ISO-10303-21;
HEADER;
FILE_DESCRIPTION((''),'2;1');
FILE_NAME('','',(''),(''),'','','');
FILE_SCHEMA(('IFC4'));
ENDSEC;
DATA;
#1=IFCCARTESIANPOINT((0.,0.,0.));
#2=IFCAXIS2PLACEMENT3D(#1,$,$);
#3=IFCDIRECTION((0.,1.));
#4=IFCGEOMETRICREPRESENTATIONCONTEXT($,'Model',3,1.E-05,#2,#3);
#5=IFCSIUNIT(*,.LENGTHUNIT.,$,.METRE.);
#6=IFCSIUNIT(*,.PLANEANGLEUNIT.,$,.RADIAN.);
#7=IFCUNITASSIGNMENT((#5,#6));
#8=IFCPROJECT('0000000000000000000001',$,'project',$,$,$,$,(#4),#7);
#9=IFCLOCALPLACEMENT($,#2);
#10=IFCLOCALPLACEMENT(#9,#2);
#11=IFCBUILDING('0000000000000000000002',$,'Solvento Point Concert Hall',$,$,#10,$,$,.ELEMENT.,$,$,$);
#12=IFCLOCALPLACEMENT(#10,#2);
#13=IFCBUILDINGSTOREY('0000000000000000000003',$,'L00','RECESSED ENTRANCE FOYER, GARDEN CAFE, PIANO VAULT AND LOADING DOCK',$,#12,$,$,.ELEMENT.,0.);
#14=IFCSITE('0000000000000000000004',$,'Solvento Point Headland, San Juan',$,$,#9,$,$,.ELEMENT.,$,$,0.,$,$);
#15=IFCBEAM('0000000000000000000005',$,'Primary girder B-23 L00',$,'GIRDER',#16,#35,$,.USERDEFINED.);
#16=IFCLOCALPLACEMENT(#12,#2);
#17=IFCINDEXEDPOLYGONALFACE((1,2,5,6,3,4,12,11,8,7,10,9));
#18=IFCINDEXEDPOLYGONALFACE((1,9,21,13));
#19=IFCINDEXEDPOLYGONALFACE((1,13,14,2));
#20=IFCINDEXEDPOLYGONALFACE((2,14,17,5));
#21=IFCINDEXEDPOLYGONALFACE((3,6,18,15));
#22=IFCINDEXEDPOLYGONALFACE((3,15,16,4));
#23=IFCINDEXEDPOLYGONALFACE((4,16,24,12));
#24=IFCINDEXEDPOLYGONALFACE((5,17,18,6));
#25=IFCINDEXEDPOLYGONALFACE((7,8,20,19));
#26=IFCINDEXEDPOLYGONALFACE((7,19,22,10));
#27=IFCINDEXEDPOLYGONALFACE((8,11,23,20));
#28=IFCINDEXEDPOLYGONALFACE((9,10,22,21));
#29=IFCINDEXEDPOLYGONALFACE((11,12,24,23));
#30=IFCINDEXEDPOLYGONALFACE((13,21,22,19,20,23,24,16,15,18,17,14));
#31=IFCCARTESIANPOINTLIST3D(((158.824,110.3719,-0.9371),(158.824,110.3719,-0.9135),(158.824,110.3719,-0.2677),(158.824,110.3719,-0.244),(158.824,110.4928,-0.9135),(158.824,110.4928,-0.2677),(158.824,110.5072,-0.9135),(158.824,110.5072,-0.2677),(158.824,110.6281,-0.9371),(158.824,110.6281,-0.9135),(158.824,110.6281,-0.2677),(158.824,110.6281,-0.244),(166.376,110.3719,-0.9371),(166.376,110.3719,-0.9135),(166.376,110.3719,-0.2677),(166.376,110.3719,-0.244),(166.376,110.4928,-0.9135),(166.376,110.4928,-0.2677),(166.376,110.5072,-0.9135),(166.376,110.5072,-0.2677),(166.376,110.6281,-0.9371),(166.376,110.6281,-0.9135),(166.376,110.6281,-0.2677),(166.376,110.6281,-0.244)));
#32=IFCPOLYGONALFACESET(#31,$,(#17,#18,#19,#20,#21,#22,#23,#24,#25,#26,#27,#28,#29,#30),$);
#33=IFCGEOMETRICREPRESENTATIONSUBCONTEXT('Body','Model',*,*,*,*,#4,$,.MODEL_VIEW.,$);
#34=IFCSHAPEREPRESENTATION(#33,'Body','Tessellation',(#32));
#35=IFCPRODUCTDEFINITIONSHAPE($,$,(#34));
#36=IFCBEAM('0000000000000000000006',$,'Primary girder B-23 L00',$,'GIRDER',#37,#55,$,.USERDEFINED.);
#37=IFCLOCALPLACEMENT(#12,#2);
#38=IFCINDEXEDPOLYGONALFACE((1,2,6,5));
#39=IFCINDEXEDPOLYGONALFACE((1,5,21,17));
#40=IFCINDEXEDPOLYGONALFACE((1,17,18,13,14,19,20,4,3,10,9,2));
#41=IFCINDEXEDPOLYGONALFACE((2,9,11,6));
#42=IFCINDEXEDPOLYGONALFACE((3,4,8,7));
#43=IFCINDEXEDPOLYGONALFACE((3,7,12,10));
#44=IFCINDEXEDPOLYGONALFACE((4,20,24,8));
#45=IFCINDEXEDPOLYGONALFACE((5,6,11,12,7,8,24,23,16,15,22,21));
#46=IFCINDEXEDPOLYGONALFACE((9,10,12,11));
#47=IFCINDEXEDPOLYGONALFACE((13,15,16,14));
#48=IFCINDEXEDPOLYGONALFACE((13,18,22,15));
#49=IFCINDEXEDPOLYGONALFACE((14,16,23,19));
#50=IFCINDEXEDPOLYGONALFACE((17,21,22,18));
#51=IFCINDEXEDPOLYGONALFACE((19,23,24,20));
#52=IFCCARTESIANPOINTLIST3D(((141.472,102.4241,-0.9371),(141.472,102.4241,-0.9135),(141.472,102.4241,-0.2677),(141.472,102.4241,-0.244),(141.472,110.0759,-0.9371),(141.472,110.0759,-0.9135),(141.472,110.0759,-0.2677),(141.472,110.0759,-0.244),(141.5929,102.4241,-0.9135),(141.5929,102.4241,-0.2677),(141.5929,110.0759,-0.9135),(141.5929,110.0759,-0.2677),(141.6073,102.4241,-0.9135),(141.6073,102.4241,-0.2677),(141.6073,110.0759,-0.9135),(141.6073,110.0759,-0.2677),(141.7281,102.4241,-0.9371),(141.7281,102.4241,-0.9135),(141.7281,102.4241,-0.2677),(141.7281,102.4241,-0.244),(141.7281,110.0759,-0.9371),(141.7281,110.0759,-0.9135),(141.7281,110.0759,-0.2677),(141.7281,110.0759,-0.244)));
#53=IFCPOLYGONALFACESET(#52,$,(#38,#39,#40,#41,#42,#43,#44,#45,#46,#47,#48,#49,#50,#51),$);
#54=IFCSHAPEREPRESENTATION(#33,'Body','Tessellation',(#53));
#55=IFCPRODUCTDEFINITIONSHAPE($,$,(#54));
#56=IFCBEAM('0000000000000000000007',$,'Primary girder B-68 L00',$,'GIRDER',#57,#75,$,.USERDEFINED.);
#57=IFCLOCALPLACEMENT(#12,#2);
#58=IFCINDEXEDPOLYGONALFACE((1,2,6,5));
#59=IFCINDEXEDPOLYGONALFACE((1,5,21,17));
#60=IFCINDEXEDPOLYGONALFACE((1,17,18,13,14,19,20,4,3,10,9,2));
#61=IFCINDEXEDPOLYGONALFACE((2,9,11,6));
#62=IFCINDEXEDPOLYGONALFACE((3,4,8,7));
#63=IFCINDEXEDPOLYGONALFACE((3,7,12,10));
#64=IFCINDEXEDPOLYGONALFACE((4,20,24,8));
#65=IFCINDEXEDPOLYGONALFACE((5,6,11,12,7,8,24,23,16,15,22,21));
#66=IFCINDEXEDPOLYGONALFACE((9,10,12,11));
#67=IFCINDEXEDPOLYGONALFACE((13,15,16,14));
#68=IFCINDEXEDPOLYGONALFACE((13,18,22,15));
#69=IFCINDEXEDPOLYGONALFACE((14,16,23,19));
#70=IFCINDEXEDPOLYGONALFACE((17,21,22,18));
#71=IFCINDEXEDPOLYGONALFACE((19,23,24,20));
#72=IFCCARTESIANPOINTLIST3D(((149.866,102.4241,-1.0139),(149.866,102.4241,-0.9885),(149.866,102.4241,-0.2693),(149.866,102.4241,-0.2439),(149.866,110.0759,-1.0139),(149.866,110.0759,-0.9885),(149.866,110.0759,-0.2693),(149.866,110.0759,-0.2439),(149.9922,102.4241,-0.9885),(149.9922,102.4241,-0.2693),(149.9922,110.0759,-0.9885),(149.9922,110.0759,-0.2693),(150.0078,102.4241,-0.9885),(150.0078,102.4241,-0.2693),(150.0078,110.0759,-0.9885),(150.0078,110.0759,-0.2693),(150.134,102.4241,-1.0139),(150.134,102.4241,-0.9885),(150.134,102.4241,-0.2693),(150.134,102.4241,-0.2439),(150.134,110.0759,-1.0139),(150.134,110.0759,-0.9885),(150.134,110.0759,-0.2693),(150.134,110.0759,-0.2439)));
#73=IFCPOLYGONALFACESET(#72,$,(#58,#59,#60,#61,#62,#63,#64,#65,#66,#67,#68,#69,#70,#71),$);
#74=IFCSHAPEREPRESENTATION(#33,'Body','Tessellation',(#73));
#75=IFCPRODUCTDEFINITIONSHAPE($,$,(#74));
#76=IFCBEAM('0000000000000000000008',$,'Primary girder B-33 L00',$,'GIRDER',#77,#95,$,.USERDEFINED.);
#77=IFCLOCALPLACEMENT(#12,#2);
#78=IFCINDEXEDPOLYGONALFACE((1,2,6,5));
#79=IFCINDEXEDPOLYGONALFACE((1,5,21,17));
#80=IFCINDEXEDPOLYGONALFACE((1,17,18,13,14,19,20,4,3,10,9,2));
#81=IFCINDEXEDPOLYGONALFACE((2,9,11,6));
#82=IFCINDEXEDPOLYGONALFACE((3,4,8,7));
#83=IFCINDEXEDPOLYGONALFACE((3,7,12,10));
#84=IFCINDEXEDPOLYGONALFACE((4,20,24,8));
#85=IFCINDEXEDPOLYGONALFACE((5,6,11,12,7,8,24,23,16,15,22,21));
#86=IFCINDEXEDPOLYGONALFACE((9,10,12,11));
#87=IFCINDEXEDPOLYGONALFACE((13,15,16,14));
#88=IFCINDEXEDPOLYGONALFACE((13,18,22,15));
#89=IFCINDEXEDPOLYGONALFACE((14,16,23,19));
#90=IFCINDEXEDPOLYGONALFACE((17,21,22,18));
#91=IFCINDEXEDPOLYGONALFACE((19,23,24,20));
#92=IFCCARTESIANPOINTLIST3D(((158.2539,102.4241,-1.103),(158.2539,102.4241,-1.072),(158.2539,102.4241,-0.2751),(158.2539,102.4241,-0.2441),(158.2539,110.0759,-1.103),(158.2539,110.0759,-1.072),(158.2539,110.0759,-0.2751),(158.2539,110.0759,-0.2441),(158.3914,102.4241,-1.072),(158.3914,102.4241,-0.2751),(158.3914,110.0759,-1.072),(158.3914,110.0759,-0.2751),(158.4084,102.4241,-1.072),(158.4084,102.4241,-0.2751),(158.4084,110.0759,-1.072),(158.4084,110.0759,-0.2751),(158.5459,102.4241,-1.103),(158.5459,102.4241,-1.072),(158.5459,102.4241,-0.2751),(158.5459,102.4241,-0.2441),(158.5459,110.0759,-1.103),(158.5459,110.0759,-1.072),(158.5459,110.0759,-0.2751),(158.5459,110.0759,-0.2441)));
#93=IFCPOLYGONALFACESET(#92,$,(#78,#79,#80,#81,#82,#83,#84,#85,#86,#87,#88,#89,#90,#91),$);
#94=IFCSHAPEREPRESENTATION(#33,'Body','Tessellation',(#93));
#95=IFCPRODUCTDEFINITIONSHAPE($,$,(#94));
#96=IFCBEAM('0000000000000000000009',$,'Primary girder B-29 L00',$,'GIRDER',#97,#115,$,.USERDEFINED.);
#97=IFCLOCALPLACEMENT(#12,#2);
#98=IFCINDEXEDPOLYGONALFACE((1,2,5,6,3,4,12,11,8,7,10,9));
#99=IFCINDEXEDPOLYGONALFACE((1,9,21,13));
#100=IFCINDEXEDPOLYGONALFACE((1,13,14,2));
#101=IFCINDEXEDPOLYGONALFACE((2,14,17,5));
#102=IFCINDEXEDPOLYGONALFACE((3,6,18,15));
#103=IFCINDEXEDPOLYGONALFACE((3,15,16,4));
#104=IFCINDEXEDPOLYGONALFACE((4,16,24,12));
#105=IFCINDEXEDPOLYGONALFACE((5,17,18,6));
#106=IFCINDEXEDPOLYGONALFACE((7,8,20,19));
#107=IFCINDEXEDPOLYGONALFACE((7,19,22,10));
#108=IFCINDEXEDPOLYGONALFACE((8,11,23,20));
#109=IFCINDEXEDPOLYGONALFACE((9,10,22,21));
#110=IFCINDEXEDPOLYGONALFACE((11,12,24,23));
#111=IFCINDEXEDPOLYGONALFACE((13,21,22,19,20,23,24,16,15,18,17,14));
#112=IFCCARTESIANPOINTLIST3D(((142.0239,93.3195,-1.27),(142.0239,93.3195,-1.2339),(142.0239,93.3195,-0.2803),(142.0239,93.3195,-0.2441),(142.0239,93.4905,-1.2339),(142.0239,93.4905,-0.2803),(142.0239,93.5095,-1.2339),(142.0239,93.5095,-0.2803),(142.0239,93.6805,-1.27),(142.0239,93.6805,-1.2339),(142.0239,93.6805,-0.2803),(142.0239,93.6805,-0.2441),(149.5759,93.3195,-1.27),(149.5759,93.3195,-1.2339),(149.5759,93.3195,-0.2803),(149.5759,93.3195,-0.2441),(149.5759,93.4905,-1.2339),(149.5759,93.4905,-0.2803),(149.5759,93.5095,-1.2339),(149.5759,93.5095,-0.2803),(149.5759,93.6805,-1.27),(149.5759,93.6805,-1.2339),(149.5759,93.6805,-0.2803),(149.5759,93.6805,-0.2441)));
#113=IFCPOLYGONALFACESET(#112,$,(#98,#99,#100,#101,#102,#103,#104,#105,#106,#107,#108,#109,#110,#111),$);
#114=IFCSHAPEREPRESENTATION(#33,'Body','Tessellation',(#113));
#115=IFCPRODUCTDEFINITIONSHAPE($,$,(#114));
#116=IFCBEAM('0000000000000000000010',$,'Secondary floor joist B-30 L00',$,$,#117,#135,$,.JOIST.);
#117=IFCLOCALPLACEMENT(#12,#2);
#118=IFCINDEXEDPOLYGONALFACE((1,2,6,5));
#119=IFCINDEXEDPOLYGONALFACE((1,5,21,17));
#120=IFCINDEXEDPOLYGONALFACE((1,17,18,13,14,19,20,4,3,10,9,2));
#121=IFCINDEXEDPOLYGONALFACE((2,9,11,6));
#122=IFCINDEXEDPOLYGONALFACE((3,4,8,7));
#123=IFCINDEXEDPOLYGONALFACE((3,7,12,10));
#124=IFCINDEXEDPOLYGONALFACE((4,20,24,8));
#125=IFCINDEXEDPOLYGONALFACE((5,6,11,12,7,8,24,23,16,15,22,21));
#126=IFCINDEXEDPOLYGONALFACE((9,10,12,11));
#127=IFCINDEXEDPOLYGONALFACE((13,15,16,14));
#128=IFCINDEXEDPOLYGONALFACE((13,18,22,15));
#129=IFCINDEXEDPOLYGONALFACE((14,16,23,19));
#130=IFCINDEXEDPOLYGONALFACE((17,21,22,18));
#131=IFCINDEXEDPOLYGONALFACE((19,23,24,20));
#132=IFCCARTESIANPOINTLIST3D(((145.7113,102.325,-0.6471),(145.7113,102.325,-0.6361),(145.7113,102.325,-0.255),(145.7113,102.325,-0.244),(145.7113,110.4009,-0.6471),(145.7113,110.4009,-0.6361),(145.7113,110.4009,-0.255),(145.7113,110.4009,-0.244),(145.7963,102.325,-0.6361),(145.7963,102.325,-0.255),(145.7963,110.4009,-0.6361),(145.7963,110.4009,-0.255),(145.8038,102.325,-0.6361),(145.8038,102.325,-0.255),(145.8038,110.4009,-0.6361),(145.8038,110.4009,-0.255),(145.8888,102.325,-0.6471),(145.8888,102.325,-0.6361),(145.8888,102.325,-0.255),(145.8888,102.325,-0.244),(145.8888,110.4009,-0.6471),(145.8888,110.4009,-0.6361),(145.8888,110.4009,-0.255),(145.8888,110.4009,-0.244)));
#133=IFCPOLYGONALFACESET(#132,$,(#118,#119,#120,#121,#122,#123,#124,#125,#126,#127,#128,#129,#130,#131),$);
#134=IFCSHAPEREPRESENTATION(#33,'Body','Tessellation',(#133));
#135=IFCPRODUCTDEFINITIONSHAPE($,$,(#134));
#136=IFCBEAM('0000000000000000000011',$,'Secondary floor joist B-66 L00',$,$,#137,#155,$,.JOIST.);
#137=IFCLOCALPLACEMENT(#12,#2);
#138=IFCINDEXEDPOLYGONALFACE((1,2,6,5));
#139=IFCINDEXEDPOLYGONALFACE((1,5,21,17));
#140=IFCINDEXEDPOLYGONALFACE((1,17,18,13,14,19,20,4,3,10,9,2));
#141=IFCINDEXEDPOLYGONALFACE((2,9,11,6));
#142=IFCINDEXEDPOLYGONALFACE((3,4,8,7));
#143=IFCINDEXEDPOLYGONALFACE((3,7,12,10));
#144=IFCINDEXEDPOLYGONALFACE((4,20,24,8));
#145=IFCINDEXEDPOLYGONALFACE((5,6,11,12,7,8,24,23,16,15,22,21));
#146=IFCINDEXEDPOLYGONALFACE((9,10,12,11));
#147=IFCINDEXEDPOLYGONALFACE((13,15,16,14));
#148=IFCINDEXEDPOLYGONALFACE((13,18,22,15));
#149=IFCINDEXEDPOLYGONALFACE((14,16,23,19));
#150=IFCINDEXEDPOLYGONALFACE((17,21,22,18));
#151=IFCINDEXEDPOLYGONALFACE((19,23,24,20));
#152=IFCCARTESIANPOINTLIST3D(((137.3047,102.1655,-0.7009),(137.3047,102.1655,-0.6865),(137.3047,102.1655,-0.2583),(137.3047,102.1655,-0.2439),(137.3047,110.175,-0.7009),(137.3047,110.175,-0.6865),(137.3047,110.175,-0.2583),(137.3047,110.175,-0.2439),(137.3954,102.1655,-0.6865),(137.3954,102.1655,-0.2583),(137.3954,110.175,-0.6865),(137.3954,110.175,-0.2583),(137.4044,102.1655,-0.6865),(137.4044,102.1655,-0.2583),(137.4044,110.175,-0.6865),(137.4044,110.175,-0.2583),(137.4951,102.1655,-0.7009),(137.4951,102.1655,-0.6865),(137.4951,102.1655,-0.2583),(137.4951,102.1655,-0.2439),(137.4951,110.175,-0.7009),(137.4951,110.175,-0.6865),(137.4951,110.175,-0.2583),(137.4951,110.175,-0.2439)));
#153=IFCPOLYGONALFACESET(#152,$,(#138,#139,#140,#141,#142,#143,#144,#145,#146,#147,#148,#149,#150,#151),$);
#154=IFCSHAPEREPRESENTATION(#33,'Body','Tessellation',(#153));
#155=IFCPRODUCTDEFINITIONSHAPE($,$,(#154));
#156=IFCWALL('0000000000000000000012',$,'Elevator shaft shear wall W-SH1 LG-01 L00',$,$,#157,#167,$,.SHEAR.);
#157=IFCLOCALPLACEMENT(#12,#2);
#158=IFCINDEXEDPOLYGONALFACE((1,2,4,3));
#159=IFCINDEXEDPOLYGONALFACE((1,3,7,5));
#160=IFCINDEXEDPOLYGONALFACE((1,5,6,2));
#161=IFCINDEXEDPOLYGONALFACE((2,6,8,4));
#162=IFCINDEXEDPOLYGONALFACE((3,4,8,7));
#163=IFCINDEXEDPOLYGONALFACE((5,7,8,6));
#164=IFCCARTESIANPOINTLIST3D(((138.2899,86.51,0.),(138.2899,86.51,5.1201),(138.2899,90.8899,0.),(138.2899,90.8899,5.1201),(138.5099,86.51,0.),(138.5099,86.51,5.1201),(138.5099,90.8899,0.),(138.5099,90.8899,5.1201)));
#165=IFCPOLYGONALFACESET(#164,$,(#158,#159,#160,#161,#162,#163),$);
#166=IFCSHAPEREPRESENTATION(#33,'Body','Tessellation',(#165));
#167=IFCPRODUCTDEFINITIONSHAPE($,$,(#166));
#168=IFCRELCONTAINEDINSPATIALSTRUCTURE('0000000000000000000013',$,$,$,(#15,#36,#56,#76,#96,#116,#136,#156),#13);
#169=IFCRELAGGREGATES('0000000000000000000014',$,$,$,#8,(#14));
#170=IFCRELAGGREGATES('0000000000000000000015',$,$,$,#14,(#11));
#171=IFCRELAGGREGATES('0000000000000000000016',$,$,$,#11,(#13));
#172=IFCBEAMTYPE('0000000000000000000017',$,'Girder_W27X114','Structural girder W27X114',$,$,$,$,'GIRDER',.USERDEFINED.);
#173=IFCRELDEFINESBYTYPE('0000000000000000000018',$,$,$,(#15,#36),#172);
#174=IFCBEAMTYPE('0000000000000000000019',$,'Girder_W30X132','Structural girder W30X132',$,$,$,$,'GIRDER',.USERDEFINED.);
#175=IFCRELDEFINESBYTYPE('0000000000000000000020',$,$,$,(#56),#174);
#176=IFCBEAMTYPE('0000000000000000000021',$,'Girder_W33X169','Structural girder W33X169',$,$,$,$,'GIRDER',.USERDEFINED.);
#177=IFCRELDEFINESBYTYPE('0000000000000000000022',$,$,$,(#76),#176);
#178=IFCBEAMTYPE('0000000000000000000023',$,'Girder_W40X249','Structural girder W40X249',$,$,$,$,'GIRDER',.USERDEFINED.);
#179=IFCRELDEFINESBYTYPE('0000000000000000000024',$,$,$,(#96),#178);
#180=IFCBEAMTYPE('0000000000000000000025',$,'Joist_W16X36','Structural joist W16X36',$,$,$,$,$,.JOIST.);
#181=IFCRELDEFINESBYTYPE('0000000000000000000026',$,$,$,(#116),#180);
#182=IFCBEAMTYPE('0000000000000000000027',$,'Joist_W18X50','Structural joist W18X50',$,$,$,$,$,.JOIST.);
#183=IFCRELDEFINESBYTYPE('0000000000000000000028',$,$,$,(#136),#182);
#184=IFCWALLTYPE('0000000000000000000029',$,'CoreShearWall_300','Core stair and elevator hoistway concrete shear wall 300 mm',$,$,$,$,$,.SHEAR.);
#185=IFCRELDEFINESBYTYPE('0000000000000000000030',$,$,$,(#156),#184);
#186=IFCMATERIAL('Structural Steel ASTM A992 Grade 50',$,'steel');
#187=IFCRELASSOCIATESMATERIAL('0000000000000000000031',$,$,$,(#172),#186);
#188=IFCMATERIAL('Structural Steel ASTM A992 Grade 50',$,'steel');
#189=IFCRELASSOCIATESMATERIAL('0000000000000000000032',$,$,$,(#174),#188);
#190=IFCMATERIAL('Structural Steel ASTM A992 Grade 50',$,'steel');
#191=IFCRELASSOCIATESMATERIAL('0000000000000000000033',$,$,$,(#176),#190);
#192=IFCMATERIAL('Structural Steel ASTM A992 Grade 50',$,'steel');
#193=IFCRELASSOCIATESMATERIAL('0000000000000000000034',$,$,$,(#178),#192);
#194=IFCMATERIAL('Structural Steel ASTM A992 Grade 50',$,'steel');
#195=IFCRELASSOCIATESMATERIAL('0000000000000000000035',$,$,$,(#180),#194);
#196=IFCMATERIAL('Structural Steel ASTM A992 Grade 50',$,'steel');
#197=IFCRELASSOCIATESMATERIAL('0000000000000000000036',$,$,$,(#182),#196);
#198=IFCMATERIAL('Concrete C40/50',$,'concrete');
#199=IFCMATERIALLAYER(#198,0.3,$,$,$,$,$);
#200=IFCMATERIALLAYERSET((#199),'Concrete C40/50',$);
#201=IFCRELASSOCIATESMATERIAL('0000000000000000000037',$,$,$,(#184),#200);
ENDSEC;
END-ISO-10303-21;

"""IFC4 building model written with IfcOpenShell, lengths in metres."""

from ifc_helpers import new_model, si_unit, direction, frame, frame_2d, origin, origin_2d, place, context, subcontext, project, spatial, rectangle, i_section, extrude, material, layer, layer_set, material_profile, profile_set, type_object, element, save


model = new_model("IFC4")

# Units and contexts
model_context = context("Model", 3, precision=1e-05, world=origin(), true_north=direction((0.0, 1.0)))
body_context = subcontext(model_context, "Body", "Model", "MODEL_VIEW")
ifc_project = project(units=[si_unit("LENGTHUNIT", "METRE"), si_unit("PLANEANGLEUNIT", "RADIAN")], contexts=[model_context])

# Site, building, storey
site_placement = place(None, origin())
site = spatial("IfcSite", under=ifc_project, at=site_placement, Name="Solvento Point Headland, San Juan", CompositionType="ELEMENT", RefElevation=0.0)
building_placement = place(site_placement, origin())
building = spatial("IfcBuilding", under=site, at=building_placement, Name="Solvento Point Concert Hall", CompositionType="ELEMENT")
storey_placement = place(building_placement, origin())
storey = spatial("IfcBuildingStorey", under=building, at=storey_placement, Name="L00", Description="RECESSED ENTRANCE FOYER, GARDEN CAFE, PIANO VAULT AND LOADING DOCK", CompositionType="ELEMENT", Elevation=0.0)

# Beams
ifc_material_1 = material(Name="Structural Steel ASTM A992 Grade 50", Category="steel")
ifc_material_profile_1 = material_profile(ifc_material_1, i_section(OverallWidth=0.2561, OverallDepth=0.6931, WebThickness=0.0144, FlangeThickness=0.0237, at=origin_2d()), Name="W27X114")
ifc_profile_set_1 = profile_set([ifc_material_profile_1], Name="Structural Steel ASTM A992 Grade 50")
beam_type_1 = type_object("IfcBeamType", Name="Girder_W27X114", Description="Structural girder W27X114", ElementType="GIRDER", PredefinedType="USERDEFINED", material=ifc_profile_set_1)
beam_1_placement = place(storey_placement, frame((158.824, 110.5, -0.5906), z_axis=(1.0, 0.0, 0.0), x_axis=(0.0, 1.0, 0.0)))
element("IfcBeam", 1, at=beam_1_placement, inside=storey, type_object=beam_type_1, Name="Primary girder B-23 L00", ObjectType="GIRDER", PredefinedType="USERDEFINED", context=body_context, shape_type="SweptSolid", body=[
    extrude(i_section(OverallWidth=0.2561, OverallDepth=0.6931, WebThickness=0.0144, FlangeThickness=0.0237, at=origin_2d()), origin(), (0.0, 0.0, 1.0), 7.552),
])
beam_2_placement = place(storey_placement, frame((141.6001, 102.4241, -0.5906), z_axis=(0.0, 1.0, 0.0), x_axis=(-1.0, 0.0, 0.0)))
element("IfcBeam", 2, at=beam_2_placement, inside=storey, type_object=beam_type_1, Name="Primary girder B-23 L00", ObjectType="GIRDER", PredefinedType="USERDEFINED", context=body_context, shape_type="SweptSolid", body=[
    extrude(i_section(OverallWidth=0.2561, OverallDepth=0.6931, WebThickness=0.0144, FlangeThickness=0.0237, at=origin_2d()), origin(), (0.0, 0.0, 1.0), 7.6519),
])
ifc_material_2 = material(Name="Structural Steel ASTM A992 Grade 50", Category="steel")
ifc_material_profile_2 = material_profile(ifc_material_2, i_section(OverallWidth=0.2681, OverallDepth=0.77, WebThickness=0.0156, FlangeThickness=0.0254, at=origin_2d()), Name="W30X132")
ifc_profile_set_2 = profile_set([ifc_material_profile_2], Name="Structural Steel ASTM A992 Grade 50")
beam_type_2 = type_object("IfcBeamType", Name="Girder_W30X132", Description="Structural girder W30X132", ElementType="GIRDER", PredefinedType="USERDEFINED", material=ifc_profile_set_2)
beam_3_placement = place(storey_placement, frame((150.0, 102.4241, -0.6289), z_axis=(0.0, 1.0, 0.0), x_axis=(-1.0, 0.0, 0.0)))
element("IfcBeam", 3, at=beam_3_placement, inside=storey, type_object=beam_type_2, Name="Primary girder B-68 L00", ObjectType="GIRDER", PredefinedType="USERDEFINED", context=body_context, shape_type="SweptSolid", body=[
    extrude(i_section(OverallWidth=0.2681, OverallDepth=0.77, WebThickness=0.0156, FlangeThickness=0.0254, at=origin_2d()), origin(), (0.0, 0.0, 1.0), 7.6519),
])
ifc_material_3 = material(Name="Structural Steel ASTM A992 Grade 50", Category="steel")
ifc_material_profile_3 = material_profile(ifc_material_3, i_section(OverallWidth=0.292, OverallDepth=0.8589, WebThickness=0.0171, FlangeThickness=0.031, at=origin_2d()), Name="W33X169")
ifc_profile_set_3 = profile_set([ifc_material_profile_3], Name="Structural Steel ASTM A992 Grade 50")
beam_type_3 = type_object("IfcBeamType", Name="Girder_W33X169", Description="Structural girder W33X169", ElementType="GIRDER", PredefinedType="USERDEFINED", material=ifc_profile_set_3)
beam_4_placement = place(storey_placement, frame((158.3999, 102.4241, -0.6736), z_axis=(0.0, 1.0, 0.0), x_axis=(-1.0, 0.0, 0.0)))
element("IfcBeam", 4, at=beam_4_placement, inside=storey, type_object=beam_type_3, Name="Primary girder B-33 L00", ObjectType="GIRDER", PredefinedType="USERDEFINED", context=body_context, shape_type="SweptSolid", body=[
    extrude(i_section(OverallWidth=0.292, OverallDepth=0.8589, WebThickness=0.0171, FlangeThickness=0.031, at=origin_2d()), origin(), (0.0, 0.0, 1.0), 7.6519),
])
ifc_material_4 = material(Name="Structural Steel ASTM A992 Grade 50", Category="steel")
ifc_material_profile_4 = material_profile(ifc_material_4, i_section(OverallWidth=0.3611, OverallDepth=1.0259, WebThickness=0.019, FlangeThickness=0.0361, at=origin_2d()), Name="W40X249")
ifc_profile_set_4 = profile_set([ifc_material_profile_4], Name="Structural Steel ASTM A992 Grade 50")
beam_type_4 = type_object("IfcBeamType", Name="Girder_W40X249", Description="Structural girder W40X249", ElementType="GIRDER", PredefinedType="USERDEFINED", material=ifc_profile_set_4)
beam_5_placement = place(storey_placement, frame((142.0239, 93.5, -0.7571), z_axis=(1.0, 0.0, 0.0), x_axis=(0.0, 1.0, 0.0)))
element("IfcBeam", 5, at=beam_5_placement, inside=storey, type_object=beam_type_4, Name="Primary girder B-29 L00", ObjectType="GIRDER", PredefinedType="USERDEFINED", context=body_context, shape_type="SweptSolid", body=[
    extrude(i_section(OverallWidth=0.3611, OverallDepth=1.0259, WebThickness=0.019, FlangeThickness=0.0361, at=origin_2d()), origin(), (0.0, 0.0, 1.0), 7.552),
])
ifc_material_5 = material(Name="Structural Steel ASTM A992 Grade 50", Category="steel")
ifc_material_profile_5 = material_profile(ifc_material_5, i_section(OverallWidth=0.1775, OverallDepth=0.4031, WebThickness=0.0076, FlangeThickness=0.011, at=origin_2d()), Name="W16X36")
ifc_profile_set_5 = profile_set([ifc_material_profile_5], Name="Structural Steel ASTM A992 Grade 50")
beam_type_5 = type_object("IfcBeamType", Name="Joist_W16X36", Description="Structural joist W16X36", PredefinedType="JOIST", material=ifc_profile_set_5)
beam_6_placement = place(storey_placement, frame((145.8, 102.325, -0.4456), z_axis=(0.0, 1.0, 0.0), x_axis=(-1.0, 0.0, 0.0)))
element("IfcBeam", 6, at=beam_6_placement, inside=storey, type_object=beam_type_5, Name="Secondary floor joist B-30 L00", PredefinedType="JOIST", context=body_context, shape_type="SweptSolid", body=[
    extrude(i_section(OverallWidth=0.1775, OverallDepth=0.4031, WebThickness=0.0076, FlangeThickness=0.011, at=origin_2d()), origin(), (0.0, 0.0, 1.0), 8.0759),
])
ifc_material_6 = material(Name="Structural Steel ASTM A992 Grade 50", Category="steel")
ifc_material_profile_6 = material_profile(ifc_material_6, i_section(OverallWidth=0.1904, OverallDepth=0.457, WebThickness=0.009, FlangeThickness=0.0144, at=origin_2d()), Name="W18X50")
ifc_profile_set_6 = profile_set([ifc_material_profile_6], Name="Structural Steel ASTM A992 Grade 50")
beam_type_6 = type_object("IfcBeamType", Name="Joist_W18X50", Description="Structural joist W18X50", PredefinedType="JOIST", material=ifc_profile_set_6)
beam_7_placement = place(storey_placement, frame((137.3999, 102.1655, -0.4724), z_axis=(0.0, 1.0, 0.0), x_axis=(-1.0, 0.0, 0.0)))
element("IfcBeam", 7, at=beam_7_placement, inside=storey, type_object=beam_type_6, Name="Secondary floor joist B-66 L00", PredefinedType="JOIST", context=body_context, shape_type="SweptSolid", body=[
    extrude(i_section(OverallWidth=0.1904, OverallDepth=0.457, WebThickness=0.009, FlangeThickness=0.0144, at=origin_2d()), origin(), (0.0, 0.0, 1.0), 8.0095),
])

# Wall
ifc_material_7 = material(Name="Concrete C40/50", Category="concrete")
ifc_layer_1 = layer(ifc_material_7, 0.3)
ifc_layer_set_1 = layer_set([ifc_layer_1], Name="Concrete C40/50")
wall_type_1 = type_object("IfcWallType", Name="CoreShearWall_300", Description="Core stair and elevator hoistway concrete shear wall 300 mm", PredefinedType="SHEAR", material=ifc_layer_set_1)
wall_1_placement = place(storey_placement, frame((138.3999, 86.51, 0.0), z_axis=(0.0, 0.0, 1.0), x_axis=(0.0, 1.0, 0.0)))
element("IfcWall", 8, at=wall_1_placement, inside=storey, type_object=wall_type_1, Name="Elevator shaft shear wall W-SH1 LG-01 L00", PredefinedType="SHEAR", context=body_context, shape_type="SweptSolid", body=[
    extrude(rectangle(XDim=4.3799, YDim=0.22, at=frame_2d((2.1899, 0.0))), origin(), (0.0, 0.0, 1.0), 5.1201),
])

save(model, "model.ifc")
